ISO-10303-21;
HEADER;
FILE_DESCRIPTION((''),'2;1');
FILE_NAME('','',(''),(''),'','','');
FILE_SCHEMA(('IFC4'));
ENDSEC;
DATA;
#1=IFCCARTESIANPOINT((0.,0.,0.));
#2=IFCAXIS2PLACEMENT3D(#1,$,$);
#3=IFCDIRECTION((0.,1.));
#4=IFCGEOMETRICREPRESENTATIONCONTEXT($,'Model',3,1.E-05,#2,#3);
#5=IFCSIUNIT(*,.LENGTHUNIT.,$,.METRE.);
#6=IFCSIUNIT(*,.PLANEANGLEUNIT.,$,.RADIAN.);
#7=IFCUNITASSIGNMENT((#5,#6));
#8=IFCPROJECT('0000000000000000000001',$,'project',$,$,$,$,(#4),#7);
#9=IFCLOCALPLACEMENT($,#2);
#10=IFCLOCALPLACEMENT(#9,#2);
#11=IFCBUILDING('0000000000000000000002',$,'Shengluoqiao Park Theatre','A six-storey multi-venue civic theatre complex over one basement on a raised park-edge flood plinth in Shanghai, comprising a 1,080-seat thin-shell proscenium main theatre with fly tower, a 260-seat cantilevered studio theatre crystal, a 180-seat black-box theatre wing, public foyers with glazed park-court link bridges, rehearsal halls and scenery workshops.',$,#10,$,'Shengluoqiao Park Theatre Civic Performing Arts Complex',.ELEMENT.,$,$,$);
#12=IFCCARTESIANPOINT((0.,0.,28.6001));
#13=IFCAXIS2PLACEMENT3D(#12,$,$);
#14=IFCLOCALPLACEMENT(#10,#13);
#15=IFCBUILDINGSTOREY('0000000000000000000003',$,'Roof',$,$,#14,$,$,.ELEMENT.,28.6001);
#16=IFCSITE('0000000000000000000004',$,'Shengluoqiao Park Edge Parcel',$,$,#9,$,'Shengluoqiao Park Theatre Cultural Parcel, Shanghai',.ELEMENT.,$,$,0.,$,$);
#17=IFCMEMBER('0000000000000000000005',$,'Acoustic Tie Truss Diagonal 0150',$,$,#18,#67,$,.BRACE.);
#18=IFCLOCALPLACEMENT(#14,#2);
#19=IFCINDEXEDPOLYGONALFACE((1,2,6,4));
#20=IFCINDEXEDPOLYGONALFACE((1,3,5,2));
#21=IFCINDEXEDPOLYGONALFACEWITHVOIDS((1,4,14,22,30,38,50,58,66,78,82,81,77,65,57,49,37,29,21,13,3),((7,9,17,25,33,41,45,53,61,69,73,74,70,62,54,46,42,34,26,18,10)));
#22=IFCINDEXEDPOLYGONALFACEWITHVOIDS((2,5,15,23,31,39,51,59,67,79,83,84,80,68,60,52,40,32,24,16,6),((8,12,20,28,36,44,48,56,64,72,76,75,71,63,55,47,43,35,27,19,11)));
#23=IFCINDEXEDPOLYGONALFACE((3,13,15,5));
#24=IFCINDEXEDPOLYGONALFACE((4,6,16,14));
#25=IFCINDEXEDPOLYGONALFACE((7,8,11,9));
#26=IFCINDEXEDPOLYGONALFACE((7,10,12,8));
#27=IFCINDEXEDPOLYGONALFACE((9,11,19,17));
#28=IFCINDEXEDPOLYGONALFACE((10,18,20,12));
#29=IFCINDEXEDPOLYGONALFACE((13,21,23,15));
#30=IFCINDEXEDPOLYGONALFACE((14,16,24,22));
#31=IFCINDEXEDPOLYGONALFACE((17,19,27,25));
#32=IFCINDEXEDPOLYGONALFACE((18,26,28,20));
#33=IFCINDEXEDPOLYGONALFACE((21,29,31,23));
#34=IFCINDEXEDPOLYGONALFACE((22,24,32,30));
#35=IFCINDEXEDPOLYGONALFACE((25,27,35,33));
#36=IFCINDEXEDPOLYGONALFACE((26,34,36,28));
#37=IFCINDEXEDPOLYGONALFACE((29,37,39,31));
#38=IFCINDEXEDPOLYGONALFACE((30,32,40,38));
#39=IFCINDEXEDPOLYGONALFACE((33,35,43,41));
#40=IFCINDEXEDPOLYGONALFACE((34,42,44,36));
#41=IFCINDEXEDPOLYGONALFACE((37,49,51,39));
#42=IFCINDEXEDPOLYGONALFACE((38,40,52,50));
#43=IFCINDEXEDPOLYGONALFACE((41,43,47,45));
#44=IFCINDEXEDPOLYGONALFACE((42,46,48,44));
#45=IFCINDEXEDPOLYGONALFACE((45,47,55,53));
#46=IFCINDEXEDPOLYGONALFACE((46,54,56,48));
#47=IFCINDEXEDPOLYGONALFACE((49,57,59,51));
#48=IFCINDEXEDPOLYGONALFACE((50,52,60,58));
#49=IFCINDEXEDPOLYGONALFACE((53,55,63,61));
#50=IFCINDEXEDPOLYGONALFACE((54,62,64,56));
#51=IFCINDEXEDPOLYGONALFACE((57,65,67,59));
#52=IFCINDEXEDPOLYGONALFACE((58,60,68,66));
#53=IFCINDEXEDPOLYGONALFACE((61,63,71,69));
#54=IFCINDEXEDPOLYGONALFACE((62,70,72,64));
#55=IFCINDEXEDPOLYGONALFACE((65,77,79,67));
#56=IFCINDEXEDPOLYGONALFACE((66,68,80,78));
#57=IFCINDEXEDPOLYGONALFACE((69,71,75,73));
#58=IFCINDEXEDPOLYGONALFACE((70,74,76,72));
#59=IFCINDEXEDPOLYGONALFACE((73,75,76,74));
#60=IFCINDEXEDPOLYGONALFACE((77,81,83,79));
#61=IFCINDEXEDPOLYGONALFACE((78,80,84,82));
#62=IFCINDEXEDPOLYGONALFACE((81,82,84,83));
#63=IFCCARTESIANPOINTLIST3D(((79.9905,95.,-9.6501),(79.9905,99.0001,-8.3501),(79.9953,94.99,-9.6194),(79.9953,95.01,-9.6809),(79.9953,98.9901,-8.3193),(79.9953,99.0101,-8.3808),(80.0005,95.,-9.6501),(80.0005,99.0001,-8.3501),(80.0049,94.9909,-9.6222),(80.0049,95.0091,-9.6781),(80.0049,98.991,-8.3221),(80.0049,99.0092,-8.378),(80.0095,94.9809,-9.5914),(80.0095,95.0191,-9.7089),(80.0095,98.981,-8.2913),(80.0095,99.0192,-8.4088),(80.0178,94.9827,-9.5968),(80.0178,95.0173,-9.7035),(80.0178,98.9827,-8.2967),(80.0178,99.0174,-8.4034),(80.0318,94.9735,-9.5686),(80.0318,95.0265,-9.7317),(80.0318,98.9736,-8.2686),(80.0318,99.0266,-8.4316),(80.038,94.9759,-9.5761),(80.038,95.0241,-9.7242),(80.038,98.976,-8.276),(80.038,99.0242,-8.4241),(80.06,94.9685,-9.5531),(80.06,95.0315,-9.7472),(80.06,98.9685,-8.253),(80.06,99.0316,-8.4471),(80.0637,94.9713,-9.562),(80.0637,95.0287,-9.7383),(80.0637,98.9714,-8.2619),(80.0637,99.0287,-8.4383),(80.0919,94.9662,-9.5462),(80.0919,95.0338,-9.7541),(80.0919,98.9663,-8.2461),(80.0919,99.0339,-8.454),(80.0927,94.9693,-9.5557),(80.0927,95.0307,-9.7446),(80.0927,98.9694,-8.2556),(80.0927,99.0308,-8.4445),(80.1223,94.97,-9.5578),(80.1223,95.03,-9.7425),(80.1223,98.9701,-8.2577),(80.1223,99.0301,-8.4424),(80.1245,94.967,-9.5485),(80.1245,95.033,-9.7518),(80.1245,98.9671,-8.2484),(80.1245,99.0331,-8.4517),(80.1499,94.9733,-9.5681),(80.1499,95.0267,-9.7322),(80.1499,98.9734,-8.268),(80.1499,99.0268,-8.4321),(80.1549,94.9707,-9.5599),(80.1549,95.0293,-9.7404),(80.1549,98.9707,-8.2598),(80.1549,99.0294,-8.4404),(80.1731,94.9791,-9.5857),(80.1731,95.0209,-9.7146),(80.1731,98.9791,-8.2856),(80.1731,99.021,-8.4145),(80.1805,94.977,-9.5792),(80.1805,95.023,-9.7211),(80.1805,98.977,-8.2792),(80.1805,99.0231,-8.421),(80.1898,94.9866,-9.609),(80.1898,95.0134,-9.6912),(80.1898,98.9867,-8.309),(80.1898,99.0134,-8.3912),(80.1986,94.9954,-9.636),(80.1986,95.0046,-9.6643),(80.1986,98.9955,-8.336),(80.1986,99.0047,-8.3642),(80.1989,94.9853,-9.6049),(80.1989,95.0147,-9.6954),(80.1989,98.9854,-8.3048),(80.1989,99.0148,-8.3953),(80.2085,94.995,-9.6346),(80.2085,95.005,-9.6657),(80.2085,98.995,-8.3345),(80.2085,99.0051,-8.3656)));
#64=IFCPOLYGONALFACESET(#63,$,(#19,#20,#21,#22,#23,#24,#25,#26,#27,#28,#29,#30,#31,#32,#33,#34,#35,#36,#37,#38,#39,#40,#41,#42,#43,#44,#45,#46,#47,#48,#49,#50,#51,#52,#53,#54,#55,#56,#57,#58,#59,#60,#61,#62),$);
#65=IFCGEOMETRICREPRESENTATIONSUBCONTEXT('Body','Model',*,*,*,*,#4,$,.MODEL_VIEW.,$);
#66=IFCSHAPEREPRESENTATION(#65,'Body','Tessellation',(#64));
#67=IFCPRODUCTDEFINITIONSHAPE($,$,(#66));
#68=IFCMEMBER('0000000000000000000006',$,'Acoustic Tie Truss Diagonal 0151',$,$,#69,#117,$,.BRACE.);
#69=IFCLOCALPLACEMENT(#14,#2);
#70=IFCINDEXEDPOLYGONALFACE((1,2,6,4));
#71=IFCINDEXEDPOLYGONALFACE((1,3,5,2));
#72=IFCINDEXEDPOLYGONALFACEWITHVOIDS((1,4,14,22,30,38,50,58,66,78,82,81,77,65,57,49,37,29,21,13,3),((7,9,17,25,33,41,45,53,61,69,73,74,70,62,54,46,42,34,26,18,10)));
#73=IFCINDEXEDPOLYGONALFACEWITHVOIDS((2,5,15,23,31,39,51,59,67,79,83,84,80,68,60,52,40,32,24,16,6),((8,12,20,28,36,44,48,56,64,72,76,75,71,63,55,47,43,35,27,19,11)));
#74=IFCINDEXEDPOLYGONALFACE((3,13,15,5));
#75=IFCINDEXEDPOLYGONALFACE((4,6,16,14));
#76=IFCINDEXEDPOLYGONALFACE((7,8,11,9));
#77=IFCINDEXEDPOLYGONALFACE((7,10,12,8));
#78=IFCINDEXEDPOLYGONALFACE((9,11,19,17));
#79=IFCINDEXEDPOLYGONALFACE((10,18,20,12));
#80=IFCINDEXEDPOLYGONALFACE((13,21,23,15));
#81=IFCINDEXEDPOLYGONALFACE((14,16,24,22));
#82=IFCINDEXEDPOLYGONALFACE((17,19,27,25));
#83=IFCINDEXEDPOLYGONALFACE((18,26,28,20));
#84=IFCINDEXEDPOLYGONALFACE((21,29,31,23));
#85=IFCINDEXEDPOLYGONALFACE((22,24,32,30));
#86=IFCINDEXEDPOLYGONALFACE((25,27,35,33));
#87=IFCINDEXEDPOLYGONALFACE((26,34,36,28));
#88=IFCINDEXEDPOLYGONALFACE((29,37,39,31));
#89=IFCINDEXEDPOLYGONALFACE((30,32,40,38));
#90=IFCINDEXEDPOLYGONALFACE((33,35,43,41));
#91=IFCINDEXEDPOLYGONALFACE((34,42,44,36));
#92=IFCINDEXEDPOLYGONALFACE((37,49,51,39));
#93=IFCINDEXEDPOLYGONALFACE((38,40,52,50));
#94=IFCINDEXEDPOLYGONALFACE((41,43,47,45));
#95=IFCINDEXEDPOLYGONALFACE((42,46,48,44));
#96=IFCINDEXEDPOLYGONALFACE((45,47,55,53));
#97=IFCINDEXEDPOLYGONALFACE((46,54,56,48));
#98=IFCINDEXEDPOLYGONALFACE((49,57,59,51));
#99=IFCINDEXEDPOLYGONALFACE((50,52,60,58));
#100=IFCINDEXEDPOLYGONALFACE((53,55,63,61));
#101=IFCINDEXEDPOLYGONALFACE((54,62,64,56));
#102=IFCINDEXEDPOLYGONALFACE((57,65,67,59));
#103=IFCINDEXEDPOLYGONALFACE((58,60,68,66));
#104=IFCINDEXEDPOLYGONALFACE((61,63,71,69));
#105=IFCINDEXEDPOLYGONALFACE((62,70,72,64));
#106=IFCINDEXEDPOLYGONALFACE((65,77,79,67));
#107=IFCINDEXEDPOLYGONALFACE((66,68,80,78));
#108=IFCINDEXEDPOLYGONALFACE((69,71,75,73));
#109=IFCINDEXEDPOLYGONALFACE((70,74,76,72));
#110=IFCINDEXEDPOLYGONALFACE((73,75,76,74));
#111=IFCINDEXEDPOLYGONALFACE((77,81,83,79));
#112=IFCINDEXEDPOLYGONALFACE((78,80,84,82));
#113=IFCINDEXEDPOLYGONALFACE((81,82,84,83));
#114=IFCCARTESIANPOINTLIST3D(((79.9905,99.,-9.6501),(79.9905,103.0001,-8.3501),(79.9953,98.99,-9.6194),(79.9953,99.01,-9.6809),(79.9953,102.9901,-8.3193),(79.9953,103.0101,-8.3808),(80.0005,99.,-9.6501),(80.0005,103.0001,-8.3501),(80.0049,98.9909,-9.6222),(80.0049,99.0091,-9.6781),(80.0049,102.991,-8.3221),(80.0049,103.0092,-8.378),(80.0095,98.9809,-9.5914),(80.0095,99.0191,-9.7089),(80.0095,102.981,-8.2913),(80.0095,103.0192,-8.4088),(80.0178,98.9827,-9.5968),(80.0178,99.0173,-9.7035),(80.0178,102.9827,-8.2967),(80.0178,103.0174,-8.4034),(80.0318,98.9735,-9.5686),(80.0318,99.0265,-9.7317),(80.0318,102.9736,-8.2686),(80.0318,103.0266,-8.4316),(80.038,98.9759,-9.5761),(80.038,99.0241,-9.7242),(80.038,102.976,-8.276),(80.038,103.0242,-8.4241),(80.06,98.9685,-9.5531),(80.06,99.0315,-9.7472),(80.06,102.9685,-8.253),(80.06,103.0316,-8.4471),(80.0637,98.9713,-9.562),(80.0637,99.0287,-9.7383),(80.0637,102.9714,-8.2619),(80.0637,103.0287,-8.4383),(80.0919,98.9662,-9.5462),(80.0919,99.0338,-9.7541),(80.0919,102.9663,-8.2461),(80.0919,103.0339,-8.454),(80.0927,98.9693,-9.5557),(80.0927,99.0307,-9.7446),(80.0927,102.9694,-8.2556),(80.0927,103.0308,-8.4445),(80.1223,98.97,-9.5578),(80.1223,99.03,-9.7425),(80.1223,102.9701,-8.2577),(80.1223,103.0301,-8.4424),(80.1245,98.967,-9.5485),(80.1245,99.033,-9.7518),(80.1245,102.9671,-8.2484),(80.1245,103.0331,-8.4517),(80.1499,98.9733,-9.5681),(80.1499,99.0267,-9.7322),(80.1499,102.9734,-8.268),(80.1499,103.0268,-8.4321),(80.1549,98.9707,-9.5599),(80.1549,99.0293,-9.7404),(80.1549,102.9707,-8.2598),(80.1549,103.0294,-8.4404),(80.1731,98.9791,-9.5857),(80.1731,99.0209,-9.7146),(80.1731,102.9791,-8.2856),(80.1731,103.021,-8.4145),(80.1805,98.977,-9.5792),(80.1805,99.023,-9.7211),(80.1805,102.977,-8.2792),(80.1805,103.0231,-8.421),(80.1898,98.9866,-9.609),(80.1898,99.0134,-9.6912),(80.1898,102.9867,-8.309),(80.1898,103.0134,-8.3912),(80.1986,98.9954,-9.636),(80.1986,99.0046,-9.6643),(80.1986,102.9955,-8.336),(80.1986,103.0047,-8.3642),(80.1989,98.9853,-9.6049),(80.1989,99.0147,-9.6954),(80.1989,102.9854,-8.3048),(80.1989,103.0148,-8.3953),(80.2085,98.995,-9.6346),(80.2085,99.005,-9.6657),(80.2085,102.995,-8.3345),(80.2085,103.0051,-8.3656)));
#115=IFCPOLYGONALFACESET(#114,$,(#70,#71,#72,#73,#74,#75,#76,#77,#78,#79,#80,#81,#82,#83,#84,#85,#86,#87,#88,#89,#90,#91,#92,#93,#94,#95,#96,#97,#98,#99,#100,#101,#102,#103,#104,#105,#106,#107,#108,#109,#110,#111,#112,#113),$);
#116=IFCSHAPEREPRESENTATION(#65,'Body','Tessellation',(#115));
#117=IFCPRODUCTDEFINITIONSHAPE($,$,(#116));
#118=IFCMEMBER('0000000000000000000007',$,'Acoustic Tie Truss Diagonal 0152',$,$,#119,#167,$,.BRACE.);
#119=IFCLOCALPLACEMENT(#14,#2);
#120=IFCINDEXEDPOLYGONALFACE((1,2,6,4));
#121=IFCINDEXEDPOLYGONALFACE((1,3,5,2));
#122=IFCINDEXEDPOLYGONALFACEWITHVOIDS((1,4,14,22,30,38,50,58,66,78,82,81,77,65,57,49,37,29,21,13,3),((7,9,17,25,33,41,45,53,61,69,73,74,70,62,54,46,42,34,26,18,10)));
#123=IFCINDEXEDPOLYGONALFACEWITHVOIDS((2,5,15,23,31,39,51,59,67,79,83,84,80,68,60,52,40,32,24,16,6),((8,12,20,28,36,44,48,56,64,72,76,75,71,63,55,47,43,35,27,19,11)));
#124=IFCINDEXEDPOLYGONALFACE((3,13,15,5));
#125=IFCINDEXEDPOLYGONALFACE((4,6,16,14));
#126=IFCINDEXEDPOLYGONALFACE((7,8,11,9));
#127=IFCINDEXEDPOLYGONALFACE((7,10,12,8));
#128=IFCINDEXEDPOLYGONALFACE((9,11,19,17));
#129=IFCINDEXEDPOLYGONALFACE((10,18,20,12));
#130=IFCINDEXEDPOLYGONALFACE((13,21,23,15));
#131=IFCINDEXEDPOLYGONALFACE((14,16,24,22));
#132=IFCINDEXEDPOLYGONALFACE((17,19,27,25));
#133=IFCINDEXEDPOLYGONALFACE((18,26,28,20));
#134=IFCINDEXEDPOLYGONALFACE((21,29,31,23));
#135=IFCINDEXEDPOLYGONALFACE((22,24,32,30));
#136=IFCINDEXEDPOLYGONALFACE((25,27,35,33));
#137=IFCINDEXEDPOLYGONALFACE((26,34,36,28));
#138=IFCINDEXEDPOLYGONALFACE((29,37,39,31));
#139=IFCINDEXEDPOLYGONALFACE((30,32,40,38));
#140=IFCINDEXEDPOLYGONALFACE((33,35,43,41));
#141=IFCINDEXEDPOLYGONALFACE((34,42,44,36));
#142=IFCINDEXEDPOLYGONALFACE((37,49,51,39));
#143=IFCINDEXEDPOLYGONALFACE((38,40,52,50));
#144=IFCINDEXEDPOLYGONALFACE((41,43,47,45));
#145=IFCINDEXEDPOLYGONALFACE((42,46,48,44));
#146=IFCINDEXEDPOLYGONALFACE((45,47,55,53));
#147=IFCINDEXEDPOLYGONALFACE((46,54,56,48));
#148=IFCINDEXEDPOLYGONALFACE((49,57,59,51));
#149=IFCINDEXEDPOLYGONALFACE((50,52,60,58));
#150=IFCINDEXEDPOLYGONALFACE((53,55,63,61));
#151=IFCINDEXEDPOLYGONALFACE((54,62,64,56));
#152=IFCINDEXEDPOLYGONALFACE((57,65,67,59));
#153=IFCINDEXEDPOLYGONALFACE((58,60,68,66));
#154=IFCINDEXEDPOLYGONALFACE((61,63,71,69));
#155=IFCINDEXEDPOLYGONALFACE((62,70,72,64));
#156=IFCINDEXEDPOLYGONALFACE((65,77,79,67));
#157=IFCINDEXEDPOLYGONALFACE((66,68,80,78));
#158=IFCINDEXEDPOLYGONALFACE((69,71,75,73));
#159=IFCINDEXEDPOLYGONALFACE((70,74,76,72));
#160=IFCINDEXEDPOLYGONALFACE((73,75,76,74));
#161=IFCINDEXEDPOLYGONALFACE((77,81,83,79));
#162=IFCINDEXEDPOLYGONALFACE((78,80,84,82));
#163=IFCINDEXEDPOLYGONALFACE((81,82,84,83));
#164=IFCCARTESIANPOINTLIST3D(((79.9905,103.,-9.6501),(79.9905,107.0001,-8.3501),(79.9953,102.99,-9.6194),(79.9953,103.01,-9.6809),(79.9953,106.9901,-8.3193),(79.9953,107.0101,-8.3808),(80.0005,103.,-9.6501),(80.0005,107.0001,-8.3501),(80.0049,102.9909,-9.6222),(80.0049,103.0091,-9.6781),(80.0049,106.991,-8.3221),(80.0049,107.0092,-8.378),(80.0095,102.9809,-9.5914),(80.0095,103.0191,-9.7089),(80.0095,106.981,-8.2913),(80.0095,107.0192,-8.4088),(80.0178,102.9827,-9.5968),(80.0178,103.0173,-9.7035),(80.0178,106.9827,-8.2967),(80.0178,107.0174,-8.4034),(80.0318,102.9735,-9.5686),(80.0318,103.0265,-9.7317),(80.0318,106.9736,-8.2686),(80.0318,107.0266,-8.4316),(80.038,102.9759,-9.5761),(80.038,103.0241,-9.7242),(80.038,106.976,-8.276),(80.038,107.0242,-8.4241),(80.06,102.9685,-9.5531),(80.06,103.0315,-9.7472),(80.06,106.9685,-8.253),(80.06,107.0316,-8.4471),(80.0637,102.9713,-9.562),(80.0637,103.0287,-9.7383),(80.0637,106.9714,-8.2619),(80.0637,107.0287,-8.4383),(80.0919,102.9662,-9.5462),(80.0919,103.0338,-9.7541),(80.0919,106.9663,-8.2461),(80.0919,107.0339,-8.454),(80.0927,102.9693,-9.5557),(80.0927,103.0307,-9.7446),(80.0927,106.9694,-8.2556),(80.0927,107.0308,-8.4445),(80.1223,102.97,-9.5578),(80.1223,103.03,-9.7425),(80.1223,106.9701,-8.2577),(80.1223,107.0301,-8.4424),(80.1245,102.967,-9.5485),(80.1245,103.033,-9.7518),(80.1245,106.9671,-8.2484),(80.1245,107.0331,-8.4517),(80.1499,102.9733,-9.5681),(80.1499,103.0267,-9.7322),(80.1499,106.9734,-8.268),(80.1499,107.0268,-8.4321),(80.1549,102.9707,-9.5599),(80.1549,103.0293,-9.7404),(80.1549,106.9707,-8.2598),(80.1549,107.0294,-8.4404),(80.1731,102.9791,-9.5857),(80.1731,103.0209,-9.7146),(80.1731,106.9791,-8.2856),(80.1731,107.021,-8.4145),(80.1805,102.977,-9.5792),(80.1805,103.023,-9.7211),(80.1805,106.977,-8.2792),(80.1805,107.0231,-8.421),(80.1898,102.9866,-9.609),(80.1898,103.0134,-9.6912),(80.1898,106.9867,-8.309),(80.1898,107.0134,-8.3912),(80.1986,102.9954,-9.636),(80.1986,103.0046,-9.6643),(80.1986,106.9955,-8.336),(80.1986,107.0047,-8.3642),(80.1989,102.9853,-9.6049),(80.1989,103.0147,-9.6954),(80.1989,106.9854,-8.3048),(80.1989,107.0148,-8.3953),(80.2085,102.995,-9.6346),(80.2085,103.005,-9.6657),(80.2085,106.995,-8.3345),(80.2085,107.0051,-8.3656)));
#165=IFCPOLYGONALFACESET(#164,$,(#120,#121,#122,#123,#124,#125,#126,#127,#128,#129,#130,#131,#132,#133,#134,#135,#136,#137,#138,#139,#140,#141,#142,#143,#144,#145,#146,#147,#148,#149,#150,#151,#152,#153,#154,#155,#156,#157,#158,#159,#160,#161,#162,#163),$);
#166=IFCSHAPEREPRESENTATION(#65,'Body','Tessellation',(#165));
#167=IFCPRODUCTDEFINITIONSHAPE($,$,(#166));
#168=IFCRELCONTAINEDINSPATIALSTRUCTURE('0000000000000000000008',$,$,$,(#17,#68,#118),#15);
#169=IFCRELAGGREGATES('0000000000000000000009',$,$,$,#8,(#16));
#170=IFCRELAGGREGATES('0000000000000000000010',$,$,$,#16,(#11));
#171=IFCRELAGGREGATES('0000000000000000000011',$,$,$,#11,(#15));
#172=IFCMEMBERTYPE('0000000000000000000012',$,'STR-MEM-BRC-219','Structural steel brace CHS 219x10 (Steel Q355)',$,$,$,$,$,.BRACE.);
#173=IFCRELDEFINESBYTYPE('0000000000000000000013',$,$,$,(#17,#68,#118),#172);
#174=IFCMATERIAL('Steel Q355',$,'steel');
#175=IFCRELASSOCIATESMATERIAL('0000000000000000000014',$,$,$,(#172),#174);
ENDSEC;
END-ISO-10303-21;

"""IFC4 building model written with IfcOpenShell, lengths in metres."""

from ifc_helpers import new_model, si_unit, direction, frame, origin, origin_2d, place, context, subcontext, project, spatial, hollow_circle, extrude, material, material_profile, profile_set, type_object, element, save


model = new_model("IFC4")

# Units and contexts
model_context = context("Model", 3, precision=1e-05, world=origin(), true_north=direction((0.0, 1.0)))
body_context = subcontext(model_context, "Body", "Model", "MODEL_VIEW")
ifc_project = project(units=[si_unit("LENGTHUNIT", "METRE"), si_unit("PLANEANGLEUNIT", "RADIAN")], contexts=[model_context])

# Site, building, storey
site_placement = place(None, origin())
site = spatial("IfcSite", under=ifc_project, at=site_placement, Name="Shengluoqiao Park Edge Parcel", LongName="Shengluoqiao Park Theatre Cultural Parcel, Shanghai", CompositionType="ELEMENT", RefElevation=0.0)
building_placement = place(site_placement, origin())
building = spatial("IfcBuilding", under=site, at=building_placement, Name="Shengluoqiao Park Theatre", Description="A six-storey multi-venue civic theatre complex over one basement on a raised park-edge flood plinth in Shanghai, comprising a 1,080-seat thin-shell proscenium main theatre with fly tower, a 260-seat cantilevered studio theatre crystal, a 180-seat black-box theatre wing, public foyers with glazed park-court link bridges, rehearsal halls and scenery workshops.", LongName="Shengluoqiao Park Theatre Civic Performing Arts Complex", CompositionType="ELEMENT")
storey_placement = place(building_placement, frame((0.0, 0.0, 28.6001)))
storey = spatial("IfcBuildingStorey", under=building, at=storey_placement, Name="Roof", CompositionType="ELEMENT", Elevation=28.6001)

# Shared definitions
ifc_material = material(Name="Steel Q355", Category="steel")

# Members
ifc_material_profile_1 = material_profile(ifc_material, hollow_circle(Radius=0.1096, WallThickness=0.01, at=origin_2d()), Name="CHS 219x10")
ifc_profile_set_1 = profile_set([ifc_material_profile_1], Name="Steel Q355")
member_type_1 = type_object("IfcMemberType", Name="STR-MEM-BRC-219", Description="Structural steel brace CHS 219x10 (Steel Q355)", PredefinedType="BRACE", material=ifc_profile_set_1)
for number, where, z_axis, x_axis, name in (
    (1, (80.1001, 95.0, -9.6501), (0.0, 0.951031, 0.309097), (-1.0, 0.0, 0.0), "Acoustic Tie Truss Diagonal 0150"),
    (2, (80.1001, 99.0, -9.6501), (0.0, 0.951031, 0.309097), (-1.0, 0.0, 0.0), "Acoustic Tie Truss Diagonal 0151"),
    (3, (80.1001, 103.0, -9.6501), (0.0, 0.951031, 0.309097), (-1.0, 0.0, 0.0), "Acoustic Tie Truss Diagonal 0152"),
):
    element("IfcMember", number, at=place(storey_placement, frame(where, z_axis=z_axis, x_axis=x_axis)), inside=storey, type_object=member_type_1, Name=name, PredefinedType="BRACE", context=body_context, shape_type="SweptSolid", body=[
        extrude(hollow_circle(Radius=0.1096, WallThickness=0.01, at=origin_2d()), origin(), (0.0, 0.0, 1.0), 4.2061),
    ])

save(model, "model.ifc")
